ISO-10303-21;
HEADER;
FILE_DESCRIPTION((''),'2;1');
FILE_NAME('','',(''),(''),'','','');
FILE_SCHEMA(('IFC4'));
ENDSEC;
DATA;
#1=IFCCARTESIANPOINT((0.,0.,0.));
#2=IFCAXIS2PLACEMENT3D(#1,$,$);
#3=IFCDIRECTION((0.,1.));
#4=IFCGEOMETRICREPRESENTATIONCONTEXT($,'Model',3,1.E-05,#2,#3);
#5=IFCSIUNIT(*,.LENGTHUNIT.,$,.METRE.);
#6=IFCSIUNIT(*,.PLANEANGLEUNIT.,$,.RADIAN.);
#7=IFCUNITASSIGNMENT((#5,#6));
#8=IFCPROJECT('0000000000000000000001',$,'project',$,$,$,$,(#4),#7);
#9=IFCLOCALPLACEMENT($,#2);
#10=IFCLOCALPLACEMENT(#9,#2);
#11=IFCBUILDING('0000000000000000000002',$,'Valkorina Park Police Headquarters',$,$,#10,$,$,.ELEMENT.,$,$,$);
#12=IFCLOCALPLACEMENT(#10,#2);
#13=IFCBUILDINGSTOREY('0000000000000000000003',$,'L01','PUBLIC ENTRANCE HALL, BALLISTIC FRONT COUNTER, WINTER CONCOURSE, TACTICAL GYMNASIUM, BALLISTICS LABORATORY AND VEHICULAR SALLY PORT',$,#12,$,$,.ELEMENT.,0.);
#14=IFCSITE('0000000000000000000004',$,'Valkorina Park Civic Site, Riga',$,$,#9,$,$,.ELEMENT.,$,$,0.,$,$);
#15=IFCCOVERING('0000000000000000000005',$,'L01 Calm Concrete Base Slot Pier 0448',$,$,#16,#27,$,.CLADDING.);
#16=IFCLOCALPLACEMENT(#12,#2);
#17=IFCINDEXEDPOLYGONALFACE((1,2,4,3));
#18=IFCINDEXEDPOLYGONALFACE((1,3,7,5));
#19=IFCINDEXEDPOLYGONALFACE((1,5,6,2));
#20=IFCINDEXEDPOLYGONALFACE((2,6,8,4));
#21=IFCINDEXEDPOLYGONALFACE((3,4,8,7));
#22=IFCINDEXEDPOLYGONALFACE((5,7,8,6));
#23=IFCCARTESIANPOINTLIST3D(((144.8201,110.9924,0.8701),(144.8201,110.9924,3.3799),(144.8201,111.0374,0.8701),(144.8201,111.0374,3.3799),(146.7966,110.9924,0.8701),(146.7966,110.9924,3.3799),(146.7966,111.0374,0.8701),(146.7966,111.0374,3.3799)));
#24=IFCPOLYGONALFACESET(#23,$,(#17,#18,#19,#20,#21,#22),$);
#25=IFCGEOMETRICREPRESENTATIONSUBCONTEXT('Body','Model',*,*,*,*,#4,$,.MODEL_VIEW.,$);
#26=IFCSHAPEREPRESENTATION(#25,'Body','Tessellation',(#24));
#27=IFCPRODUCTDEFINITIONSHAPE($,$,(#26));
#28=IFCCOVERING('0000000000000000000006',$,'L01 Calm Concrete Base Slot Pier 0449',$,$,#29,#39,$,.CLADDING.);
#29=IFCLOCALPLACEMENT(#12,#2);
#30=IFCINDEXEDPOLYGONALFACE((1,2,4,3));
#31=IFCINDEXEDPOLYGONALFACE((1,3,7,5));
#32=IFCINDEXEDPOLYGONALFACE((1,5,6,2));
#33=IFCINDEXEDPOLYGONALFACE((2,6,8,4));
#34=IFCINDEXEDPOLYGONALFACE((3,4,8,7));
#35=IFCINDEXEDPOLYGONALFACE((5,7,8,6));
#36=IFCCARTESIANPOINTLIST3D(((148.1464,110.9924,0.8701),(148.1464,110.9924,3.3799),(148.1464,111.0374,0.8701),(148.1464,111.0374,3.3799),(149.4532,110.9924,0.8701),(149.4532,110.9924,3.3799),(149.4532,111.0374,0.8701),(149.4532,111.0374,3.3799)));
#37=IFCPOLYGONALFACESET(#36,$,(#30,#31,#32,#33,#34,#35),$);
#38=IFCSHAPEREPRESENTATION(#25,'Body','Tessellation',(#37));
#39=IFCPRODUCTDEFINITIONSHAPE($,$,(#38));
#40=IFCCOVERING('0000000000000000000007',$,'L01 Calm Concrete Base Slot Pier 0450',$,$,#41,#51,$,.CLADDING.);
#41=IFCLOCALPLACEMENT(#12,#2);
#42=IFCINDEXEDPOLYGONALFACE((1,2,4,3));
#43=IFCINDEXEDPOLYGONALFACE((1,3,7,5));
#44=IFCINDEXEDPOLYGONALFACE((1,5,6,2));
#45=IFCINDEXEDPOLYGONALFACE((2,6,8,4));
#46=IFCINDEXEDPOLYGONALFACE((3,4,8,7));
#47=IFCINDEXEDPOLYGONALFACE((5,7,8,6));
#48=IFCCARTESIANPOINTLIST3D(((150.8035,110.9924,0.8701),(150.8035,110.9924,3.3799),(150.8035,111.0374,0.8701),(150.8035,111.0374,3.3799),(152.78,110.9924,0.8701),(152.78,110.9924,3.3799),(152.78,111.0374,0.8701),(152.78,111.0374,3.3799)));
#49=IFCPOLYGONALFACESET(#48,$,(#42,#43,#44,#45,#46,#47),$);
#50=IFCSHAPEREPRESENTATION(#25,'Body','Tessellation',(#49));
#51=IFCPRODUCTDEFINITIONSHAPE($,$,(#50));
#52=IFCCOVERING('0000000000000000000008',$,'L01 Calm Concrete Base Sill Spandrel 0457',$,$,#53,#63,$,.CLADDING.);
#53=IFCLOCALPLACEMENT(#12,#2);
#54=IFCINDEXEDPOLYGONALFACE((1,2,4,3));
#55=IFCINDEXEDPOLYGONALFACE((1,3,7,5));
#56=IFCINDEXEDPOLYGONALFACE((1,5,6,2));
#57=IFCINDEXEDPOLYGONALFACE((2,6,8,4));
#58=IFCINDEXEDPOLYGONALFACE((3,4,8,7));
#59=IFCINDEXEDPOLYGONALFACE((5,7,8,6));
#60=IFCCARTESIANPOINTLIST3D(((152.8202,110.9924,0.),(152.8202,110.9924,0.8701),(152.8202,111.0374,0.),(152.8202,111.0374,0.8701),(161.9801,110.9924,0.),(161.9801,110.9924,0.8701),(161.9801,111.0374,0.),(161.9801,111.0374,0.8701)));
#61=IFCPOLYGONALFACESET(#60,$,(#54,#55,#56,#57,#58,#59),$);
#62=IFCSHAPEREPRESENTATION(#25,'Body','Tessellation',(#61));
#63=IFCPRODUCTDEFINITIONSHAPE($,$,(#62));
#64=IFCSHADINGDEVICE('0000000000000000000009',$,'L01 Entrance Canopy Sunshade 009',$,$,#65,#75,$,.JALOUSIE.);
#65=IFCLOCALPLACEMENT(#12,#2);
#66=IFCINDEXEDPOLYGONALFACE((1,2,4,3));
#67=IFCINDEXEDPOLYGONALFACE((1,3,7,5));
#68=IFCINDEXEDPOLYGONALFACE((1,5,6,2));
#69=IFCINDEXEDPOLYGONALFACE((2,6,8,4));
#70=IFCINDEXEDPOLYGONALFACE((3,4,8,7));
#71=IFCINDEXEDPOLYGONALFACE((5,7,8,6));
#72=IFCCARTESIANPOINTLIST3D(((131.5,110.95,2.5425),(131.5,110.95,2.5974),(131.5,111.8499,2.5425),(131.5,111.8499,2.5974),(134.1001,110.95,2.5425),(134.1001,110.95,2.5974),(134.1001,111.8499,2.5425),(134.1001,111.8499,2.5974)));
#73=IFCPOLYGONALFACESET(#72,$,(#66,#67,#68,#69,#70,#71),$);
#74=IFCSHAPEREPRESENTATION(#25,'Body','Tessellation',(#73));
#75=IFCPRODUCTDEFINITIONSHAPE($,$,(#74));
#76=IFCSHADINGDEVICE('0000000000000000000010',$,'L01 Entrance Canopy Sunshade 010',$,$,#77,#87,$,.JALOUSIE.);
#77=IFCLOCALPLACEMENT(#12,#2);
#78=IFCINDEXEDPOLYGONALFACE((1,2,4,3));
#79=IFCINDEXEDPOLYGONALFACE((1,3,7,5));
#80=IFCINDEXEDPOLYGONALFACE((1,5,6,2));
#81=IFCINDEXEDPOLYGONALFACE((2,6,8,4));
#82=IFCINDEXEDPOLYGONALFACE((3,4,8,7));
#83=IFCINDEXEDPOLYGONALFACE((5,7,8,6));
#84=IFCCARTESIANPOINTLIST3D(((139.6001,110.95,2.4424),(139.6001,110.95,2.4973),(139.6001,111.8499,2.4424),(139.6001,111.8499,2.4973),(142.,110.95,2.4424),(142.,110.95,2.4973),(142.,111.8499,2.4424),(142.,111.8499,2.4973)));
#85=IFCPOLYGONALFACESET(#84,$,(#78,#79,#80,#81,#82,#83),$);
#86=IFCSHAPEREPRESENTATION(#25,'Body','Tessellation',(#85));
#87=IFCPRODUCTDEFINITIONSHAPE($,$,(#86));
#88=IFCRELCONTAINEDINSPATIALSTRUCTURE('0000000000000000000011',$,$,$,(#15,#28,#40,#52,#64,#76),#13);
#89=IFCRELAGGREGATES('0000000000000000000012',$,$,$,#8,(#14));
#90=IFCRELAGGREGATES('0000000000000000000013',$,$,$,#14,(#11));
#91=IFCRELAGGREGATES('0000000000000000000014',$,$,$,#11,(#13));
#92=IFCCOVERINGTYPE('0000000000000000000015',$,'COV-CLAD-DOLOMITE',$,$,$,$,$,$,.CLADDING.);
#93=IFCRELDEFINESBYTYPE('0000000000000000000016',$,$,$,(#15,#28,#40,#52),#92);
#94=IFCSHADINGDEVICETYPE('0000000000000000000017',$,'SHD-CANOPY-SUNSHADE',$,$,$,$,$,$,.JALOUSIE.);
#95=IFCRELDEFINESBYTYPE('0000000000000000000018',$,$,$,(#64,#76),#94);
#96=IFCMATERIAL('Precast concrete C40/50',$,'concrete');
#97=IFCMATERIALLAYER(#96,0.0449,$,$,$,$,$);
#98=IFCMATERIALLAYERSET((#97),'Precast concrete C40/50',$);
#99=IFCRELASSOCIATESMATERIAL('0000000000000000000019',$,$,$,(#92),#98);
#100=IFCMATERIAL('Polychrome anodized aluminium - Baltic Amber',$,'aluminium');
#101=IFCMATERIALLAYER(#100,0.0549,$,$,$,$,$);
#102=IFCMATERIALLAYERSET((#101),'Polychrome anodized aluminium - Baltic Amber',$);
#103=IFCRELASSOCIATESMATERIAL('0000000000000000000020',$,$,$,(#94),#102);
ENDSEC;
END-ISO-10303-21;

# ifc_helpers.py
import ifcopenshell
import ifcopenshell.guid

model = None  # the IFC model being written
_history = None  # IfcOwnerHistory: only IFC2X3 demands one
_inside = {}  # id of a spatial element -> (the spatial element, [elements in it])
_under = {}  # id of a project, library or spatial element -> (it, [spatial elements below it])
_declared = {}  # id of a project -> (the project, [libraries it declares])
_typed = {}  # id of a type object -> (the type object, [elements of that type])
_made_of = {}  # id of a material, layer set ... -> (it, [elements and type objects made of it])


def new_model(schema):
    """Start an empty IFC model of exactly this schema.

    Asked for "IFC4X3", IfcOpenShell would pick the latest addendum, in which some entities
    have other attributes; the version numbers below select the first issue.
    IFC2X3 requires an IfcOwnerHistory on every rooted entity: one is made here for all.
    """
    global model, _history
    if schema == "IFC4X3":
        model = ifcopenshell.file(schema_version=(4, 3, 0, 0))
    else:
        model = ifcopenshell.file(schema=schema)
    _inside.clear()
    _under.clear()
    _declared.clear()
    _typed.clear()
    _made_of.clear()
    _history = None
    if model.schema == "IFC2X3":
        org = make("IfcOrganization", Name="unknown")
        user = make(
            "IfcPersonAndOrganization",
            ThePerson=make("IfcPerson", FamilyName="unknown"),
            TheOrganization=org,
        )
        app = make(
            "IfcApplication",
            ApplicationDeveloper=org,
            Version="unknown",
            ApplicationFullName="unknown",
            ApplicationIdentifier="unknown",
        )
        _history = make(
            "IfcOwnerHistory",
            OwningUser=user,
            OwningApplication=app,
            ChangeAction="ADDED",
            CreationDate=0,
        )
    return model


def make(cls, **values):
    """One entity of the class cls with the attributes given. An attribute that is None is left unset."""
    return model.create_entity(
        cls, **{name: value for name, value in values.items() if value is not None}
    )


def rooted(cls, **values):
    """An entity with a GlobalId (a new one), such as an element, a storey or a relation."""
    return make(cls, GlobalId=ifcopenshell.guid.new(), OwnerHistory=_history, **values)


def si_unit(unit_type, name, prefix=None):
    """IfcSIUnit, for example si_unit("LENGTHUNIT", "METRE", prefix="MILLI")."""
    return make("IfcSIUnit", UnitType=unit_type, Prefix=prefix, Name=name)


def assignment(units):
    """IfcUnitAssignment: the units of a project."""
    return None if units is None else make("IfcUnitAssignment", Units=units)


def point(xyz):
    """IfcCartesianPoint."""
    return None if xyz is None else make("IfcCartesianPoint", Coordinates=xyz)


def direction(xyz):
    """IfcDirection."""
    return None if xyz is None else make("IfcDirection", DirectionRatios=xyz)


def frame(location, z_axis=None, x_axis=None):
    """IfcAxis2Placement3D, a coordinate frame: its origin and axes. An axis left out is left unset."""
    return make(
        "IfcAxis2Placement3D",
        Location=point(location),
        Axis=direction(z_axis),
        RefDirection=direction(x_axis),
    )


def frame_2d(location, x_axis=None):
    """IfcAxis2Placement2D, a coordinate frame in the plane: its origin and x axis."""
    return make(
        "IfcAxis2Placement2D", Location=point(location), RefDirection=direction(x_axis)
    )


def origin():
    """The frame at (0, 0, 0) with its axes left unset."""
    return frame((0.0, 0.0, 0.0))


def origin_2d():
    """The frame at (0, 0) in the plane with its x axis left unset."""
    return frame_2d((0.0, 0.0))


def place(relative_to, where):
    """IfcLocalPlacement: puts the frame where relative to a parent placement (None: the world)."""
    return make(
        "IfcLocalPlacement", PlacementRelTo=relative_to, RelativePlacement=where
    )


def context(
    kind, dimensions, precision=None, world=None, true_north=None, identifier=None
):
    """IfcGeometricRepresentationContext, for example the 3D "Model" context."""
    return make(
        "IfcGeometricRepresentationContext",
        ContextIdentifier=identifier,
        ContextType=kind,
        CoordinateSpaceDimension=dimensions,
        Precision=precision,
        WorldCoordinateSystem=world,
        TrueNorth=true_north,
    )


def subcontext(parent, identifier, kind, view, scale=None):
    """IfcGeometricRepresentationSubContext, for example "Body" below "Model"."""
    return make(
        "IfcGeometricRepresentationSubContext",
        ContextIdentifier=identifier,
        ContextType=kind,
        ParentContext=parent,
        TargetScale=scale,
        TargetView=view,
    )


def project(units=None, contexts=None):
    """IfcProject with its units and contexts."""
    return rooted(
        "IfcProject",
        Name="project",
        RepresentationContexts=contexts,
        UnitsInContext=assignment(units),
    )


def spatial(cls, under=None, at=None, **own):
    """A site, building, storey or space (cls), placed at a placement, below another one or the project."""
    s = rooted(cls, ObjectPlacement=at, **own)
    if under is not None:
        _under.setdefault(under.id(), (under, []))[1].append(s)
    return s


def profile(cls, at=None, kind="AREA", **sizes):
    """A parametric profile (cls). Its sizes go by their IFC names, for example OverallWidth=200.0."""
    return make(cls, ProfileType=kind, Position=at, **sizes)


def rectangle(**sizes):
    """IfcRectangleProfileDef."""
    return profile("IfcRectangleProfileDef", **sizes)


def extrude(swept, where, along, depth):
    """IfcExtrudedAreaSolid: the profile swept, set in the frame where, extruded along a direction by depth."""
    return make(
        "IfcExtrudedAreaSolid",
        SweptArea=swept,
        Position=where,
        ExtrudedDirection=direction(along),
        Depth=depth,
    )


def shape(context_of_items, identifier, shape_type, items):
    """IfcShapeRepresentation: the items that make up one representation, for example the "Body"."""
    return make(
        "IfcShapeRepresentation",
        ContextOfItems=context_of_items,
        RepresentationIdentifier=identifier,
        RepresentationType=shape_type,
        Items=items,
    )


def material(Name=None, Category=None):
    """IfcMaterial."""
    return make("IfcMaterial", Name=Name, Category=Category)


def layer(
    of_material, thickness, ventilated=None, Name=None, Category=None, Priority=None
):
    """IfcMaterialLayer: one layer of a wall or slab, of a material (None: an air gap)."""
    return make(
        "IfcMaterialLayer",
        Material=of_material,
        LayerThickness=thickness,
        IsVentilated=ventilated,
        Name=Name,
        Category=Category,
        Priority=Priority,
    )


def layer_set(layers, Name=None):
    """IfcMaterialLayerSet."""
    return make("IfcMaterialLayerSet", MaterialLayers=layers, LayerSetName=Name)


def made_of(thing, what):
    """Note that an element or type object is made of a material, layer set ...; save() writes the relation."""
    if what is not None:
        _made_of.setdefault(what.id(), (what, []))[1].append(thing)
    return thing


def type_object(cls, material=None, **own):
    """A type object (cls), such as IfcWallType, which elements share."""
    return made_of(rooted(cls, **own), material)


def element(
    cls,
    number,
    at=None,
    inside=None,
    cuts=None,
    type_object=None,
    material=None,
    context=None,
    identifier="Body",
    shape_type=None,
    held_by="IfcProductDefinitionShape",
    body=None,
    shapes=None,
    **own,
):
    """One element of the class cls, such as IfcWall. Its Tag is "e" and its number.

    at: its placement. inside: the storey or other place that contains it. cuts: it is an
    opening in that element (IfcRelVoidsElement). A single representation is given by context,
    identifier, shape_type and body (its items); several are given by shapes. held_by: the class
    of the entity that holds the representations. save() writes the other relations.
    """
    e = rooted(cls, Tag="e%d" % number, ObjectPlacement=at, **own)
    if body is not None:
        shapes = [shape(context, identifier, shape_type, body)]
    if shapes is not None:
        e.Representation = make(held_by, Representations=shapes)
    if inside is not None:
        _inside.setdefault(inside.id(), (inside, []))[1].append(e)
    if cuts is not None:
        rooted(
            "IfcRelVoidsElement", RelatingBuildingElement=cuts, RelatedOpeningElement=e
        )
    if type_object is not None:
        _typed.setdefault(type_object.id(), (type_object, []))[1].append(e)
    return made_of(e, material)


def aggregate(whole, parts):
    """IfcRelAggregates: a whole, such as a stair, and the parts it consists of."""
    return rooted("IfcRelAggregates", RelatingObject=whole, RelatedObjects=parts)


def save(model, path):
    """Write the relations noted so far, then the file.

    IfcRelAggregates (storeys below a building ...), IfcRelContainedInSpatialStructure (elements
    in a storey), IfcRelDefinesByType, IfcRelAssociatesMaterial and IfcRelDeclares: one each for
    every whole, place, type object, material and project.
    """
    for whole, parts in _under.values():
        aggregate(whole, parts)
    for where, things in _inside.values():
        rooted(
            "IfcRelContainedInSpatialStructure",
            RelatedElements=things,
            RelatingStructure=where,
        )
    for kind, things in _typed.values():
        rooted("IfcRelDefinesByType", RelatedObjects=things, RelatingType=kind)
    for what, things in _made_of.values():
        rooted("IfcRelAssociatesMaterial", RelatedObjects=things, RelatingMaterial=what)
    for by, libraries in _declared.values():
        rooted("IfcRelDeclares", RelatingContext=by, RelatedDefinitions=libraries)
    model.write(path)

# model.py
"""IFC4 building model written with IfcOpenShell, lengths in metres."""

from ifc_helpers import new_model, si_unit, direction, frame, frame_2d, origin, origin_2d, place, context, subcontext, project, spatial, rectangle, extrude, material, layer, layer_set, type_object, element, save


model = new_model("IFC4")

# Units and contexts
model_context = context("Model", 3, precision=1e-05, world=origin(), true_north=direction((0.0, 1.0)))
body_context = subcontext(model_context, "Body", "Model", "MODEL_VIEW")
ifc_project = project(units=[si_unit("LENGTHUNIT", "METRE"), si_unit("PLANEANGLEUNIT", "RADIAN")], contexts=[model_context])

# Site, building, storey
site_placement = place(None, origin())
site = spatial("IfcSite", under=ifc_project, at=site_placement, Name="Valkorina Park Civic Site, Riga", CompositionType="ELEMENT", RefElevation=0.0)
building_placement = place(site_placement, origin())
building = spatial("IfcBuilding", under=site, at=building_placement, Name="Valkorina Park Police Headquarters", CompositionType="ELEMENT")
storey_placement = place(building_placement, origin())
storey = spatial("IfcBuildingStorey", under=building, at=storey_placement, Name="L01", Description="PUBLIC ENTRANCE HALL, BALLISTIC FRONT COUNTER, WINTER CONCOURSE, TACTICAL GYMNASIUM, BALLISTICS LABORATORY AND VEHICULAR SALLY PORT", CompositionType="ELEMENT", Elevation=0.0)

# Shared definitions
ifc_material_1 = material(Name="Precast concrete C40/50", Category="concrete")

# Coverings
ifc_layer_1 = layer(ifc_material_1, 0.0449)
ifc_layer_set_1 = layer_set([ifc_layer_1], Name="Precast concrete C40/50")
covering_type = type_object("IfcCoveringType", Name="COV-CLAD-DOLOMITE", PredefinedType="CLADDING", material=ifc_layer_set_1)
covering_1_placement = place(storey_placement, frame((144.8201, 111.0149, 0.8701), z_axis=(0.0, 0.0, 1.0), x_axis=(1.0, 0.0, 0.0)))
element("IfcCovering", 1, at=covering_1_placement, inside=storey, type_object=covering_type, Name="L01 Calm Concrete Base Slot Pier 0448", PredefinedType="CLADDING", context=body_context, shape_type="SweptSolid", body=[
    extrude(rectangle(XDim=1.9766, YDim=0.0449, at=frame_2d((0.9883, 0.0))), origin(), (0.0, 0.0, 1.0), 2.5098),
])
covering_2_placement = place(storey_placement, frame((148.1465, 111.0149, 0.8701), z_axis=(0.0, 0.0, 1.0), x_axis=(1.0, 0.0, 0.0)))
element("IfcCovering", 2, at=covering_2_placement, inside=storey, type_object=covering_type, Name="L01 Calm Concrete Base Slot Pier 0449", PredefinedType="CLADDING", context=body_context, shape_type="SweptSolid", body=[
    extrude(rectangle(XDim=1.3069, YDim=0.0449, at=frame_2d((0.6533, 0.0))), origin(), (0.0, 0.0, 1.0), 2.5098),
])
covering_3_placement = place(storey_placement, frame((150.8035, 111.0149, 0.8701), z_axis=(0.0, 0.0, 1.0), x_axis=(1.0, 0.0, 0.0)))
element("IfcCovering", 3, at=covering_3_placement, inside=storey, type_object=covering_type, Name="L01 Calm Concrete Base Slot Pier 0450", PredefinedType="CLADDING", context=body_context, shape_type="SweptSolid", body=[
    extrude(rectangle(XDim=1.9766, YDim=0.0449, at=frame_2d((0.9883, 0.0))), origin(), (0.0, 0.0, 1.0), 2.5098),
])
covering_4_placement = place(storey_placement, frame((152.8201, 111.0149, 0.0), z_axis=(0.0, 0.0, 1.0), x_axis=(1.0, 0.0, 0.0)))
element("IfcCovering", 4, at=covering_4_placement, inside=storey, type_object=covering_type, Name="L01 Calm Concrete Base Sill Spandrel 0457", PredefinedType="CLADDING", context=body_context, shape_type="SweptSolid", body=[
    extrude(rectangle(XDim=9.1599, YDim=0.0449, at=frame_2d((4.5801, 0.0))), origin(), (0.0, 0.0, 1.0), 0.8701),
])

# Shading devices
ifc_material_2 = material(Name="Polychrome anodized aluminium - Baltic Amber", Category="aluminium")
ifc_layer_2 = layer(ifc_material_2, 0.0549)
ifc_layer_set_2 = layer_set([ifc_layer_2], Name="Polychrome anodized aluminium - Baltic Amber")
shading_device_type = type_object("IfcShadingDeviceType", Name="SHD-CANOPY-SUNSHADE", PredefinedType="JALOUSIE", material=ifc_layer_set_2)
shading_device_1_placement = place(storey_placement, frame((132.8, 111.3999, 2.5425), z_axis=(0.0, 0.0, 1.0), x_axis=(1.0, 0.0, 0.0)))
element("IfcShadingDevice", 5, at=shading_device_1_placement, inside=storey, type_object=shading_device_type, Name="L01 Entrance Canopy Sunshade 009", PredefinedType="JALOUSIE", context=body_context, shape_type="SweptSolid", body=[
    extrude(rectangle(XDim=2.6001, YDim=0.8999, at=origin_2d()), origin(), (0.0, 0.0, 1.0), 0.0549),
])
shading_device_2_placement = place(storey_placement, frame((140.8, 111.3999, 2.4424), z_axis=(0.0, 0.0, 1.0), x_axis=(1.0, 0.0, 0.0)))
element("IfcShadingDevice", 6, at=shading_device_2_placement, inside=storey, type_object=shading_device_type, Name="L01 Entrance Canopy Sunshade 010", PredefinedType="JALOUSIE", context=body_context, shape_type="SweptSolid", body=[
    extrude(rectangle(XDim=2.3999, YDim=0.8999, at=origin_2d()), origin(), (0.0, 0.0, 1.0), 0.0549),
])

save(model, "model.ifc")
